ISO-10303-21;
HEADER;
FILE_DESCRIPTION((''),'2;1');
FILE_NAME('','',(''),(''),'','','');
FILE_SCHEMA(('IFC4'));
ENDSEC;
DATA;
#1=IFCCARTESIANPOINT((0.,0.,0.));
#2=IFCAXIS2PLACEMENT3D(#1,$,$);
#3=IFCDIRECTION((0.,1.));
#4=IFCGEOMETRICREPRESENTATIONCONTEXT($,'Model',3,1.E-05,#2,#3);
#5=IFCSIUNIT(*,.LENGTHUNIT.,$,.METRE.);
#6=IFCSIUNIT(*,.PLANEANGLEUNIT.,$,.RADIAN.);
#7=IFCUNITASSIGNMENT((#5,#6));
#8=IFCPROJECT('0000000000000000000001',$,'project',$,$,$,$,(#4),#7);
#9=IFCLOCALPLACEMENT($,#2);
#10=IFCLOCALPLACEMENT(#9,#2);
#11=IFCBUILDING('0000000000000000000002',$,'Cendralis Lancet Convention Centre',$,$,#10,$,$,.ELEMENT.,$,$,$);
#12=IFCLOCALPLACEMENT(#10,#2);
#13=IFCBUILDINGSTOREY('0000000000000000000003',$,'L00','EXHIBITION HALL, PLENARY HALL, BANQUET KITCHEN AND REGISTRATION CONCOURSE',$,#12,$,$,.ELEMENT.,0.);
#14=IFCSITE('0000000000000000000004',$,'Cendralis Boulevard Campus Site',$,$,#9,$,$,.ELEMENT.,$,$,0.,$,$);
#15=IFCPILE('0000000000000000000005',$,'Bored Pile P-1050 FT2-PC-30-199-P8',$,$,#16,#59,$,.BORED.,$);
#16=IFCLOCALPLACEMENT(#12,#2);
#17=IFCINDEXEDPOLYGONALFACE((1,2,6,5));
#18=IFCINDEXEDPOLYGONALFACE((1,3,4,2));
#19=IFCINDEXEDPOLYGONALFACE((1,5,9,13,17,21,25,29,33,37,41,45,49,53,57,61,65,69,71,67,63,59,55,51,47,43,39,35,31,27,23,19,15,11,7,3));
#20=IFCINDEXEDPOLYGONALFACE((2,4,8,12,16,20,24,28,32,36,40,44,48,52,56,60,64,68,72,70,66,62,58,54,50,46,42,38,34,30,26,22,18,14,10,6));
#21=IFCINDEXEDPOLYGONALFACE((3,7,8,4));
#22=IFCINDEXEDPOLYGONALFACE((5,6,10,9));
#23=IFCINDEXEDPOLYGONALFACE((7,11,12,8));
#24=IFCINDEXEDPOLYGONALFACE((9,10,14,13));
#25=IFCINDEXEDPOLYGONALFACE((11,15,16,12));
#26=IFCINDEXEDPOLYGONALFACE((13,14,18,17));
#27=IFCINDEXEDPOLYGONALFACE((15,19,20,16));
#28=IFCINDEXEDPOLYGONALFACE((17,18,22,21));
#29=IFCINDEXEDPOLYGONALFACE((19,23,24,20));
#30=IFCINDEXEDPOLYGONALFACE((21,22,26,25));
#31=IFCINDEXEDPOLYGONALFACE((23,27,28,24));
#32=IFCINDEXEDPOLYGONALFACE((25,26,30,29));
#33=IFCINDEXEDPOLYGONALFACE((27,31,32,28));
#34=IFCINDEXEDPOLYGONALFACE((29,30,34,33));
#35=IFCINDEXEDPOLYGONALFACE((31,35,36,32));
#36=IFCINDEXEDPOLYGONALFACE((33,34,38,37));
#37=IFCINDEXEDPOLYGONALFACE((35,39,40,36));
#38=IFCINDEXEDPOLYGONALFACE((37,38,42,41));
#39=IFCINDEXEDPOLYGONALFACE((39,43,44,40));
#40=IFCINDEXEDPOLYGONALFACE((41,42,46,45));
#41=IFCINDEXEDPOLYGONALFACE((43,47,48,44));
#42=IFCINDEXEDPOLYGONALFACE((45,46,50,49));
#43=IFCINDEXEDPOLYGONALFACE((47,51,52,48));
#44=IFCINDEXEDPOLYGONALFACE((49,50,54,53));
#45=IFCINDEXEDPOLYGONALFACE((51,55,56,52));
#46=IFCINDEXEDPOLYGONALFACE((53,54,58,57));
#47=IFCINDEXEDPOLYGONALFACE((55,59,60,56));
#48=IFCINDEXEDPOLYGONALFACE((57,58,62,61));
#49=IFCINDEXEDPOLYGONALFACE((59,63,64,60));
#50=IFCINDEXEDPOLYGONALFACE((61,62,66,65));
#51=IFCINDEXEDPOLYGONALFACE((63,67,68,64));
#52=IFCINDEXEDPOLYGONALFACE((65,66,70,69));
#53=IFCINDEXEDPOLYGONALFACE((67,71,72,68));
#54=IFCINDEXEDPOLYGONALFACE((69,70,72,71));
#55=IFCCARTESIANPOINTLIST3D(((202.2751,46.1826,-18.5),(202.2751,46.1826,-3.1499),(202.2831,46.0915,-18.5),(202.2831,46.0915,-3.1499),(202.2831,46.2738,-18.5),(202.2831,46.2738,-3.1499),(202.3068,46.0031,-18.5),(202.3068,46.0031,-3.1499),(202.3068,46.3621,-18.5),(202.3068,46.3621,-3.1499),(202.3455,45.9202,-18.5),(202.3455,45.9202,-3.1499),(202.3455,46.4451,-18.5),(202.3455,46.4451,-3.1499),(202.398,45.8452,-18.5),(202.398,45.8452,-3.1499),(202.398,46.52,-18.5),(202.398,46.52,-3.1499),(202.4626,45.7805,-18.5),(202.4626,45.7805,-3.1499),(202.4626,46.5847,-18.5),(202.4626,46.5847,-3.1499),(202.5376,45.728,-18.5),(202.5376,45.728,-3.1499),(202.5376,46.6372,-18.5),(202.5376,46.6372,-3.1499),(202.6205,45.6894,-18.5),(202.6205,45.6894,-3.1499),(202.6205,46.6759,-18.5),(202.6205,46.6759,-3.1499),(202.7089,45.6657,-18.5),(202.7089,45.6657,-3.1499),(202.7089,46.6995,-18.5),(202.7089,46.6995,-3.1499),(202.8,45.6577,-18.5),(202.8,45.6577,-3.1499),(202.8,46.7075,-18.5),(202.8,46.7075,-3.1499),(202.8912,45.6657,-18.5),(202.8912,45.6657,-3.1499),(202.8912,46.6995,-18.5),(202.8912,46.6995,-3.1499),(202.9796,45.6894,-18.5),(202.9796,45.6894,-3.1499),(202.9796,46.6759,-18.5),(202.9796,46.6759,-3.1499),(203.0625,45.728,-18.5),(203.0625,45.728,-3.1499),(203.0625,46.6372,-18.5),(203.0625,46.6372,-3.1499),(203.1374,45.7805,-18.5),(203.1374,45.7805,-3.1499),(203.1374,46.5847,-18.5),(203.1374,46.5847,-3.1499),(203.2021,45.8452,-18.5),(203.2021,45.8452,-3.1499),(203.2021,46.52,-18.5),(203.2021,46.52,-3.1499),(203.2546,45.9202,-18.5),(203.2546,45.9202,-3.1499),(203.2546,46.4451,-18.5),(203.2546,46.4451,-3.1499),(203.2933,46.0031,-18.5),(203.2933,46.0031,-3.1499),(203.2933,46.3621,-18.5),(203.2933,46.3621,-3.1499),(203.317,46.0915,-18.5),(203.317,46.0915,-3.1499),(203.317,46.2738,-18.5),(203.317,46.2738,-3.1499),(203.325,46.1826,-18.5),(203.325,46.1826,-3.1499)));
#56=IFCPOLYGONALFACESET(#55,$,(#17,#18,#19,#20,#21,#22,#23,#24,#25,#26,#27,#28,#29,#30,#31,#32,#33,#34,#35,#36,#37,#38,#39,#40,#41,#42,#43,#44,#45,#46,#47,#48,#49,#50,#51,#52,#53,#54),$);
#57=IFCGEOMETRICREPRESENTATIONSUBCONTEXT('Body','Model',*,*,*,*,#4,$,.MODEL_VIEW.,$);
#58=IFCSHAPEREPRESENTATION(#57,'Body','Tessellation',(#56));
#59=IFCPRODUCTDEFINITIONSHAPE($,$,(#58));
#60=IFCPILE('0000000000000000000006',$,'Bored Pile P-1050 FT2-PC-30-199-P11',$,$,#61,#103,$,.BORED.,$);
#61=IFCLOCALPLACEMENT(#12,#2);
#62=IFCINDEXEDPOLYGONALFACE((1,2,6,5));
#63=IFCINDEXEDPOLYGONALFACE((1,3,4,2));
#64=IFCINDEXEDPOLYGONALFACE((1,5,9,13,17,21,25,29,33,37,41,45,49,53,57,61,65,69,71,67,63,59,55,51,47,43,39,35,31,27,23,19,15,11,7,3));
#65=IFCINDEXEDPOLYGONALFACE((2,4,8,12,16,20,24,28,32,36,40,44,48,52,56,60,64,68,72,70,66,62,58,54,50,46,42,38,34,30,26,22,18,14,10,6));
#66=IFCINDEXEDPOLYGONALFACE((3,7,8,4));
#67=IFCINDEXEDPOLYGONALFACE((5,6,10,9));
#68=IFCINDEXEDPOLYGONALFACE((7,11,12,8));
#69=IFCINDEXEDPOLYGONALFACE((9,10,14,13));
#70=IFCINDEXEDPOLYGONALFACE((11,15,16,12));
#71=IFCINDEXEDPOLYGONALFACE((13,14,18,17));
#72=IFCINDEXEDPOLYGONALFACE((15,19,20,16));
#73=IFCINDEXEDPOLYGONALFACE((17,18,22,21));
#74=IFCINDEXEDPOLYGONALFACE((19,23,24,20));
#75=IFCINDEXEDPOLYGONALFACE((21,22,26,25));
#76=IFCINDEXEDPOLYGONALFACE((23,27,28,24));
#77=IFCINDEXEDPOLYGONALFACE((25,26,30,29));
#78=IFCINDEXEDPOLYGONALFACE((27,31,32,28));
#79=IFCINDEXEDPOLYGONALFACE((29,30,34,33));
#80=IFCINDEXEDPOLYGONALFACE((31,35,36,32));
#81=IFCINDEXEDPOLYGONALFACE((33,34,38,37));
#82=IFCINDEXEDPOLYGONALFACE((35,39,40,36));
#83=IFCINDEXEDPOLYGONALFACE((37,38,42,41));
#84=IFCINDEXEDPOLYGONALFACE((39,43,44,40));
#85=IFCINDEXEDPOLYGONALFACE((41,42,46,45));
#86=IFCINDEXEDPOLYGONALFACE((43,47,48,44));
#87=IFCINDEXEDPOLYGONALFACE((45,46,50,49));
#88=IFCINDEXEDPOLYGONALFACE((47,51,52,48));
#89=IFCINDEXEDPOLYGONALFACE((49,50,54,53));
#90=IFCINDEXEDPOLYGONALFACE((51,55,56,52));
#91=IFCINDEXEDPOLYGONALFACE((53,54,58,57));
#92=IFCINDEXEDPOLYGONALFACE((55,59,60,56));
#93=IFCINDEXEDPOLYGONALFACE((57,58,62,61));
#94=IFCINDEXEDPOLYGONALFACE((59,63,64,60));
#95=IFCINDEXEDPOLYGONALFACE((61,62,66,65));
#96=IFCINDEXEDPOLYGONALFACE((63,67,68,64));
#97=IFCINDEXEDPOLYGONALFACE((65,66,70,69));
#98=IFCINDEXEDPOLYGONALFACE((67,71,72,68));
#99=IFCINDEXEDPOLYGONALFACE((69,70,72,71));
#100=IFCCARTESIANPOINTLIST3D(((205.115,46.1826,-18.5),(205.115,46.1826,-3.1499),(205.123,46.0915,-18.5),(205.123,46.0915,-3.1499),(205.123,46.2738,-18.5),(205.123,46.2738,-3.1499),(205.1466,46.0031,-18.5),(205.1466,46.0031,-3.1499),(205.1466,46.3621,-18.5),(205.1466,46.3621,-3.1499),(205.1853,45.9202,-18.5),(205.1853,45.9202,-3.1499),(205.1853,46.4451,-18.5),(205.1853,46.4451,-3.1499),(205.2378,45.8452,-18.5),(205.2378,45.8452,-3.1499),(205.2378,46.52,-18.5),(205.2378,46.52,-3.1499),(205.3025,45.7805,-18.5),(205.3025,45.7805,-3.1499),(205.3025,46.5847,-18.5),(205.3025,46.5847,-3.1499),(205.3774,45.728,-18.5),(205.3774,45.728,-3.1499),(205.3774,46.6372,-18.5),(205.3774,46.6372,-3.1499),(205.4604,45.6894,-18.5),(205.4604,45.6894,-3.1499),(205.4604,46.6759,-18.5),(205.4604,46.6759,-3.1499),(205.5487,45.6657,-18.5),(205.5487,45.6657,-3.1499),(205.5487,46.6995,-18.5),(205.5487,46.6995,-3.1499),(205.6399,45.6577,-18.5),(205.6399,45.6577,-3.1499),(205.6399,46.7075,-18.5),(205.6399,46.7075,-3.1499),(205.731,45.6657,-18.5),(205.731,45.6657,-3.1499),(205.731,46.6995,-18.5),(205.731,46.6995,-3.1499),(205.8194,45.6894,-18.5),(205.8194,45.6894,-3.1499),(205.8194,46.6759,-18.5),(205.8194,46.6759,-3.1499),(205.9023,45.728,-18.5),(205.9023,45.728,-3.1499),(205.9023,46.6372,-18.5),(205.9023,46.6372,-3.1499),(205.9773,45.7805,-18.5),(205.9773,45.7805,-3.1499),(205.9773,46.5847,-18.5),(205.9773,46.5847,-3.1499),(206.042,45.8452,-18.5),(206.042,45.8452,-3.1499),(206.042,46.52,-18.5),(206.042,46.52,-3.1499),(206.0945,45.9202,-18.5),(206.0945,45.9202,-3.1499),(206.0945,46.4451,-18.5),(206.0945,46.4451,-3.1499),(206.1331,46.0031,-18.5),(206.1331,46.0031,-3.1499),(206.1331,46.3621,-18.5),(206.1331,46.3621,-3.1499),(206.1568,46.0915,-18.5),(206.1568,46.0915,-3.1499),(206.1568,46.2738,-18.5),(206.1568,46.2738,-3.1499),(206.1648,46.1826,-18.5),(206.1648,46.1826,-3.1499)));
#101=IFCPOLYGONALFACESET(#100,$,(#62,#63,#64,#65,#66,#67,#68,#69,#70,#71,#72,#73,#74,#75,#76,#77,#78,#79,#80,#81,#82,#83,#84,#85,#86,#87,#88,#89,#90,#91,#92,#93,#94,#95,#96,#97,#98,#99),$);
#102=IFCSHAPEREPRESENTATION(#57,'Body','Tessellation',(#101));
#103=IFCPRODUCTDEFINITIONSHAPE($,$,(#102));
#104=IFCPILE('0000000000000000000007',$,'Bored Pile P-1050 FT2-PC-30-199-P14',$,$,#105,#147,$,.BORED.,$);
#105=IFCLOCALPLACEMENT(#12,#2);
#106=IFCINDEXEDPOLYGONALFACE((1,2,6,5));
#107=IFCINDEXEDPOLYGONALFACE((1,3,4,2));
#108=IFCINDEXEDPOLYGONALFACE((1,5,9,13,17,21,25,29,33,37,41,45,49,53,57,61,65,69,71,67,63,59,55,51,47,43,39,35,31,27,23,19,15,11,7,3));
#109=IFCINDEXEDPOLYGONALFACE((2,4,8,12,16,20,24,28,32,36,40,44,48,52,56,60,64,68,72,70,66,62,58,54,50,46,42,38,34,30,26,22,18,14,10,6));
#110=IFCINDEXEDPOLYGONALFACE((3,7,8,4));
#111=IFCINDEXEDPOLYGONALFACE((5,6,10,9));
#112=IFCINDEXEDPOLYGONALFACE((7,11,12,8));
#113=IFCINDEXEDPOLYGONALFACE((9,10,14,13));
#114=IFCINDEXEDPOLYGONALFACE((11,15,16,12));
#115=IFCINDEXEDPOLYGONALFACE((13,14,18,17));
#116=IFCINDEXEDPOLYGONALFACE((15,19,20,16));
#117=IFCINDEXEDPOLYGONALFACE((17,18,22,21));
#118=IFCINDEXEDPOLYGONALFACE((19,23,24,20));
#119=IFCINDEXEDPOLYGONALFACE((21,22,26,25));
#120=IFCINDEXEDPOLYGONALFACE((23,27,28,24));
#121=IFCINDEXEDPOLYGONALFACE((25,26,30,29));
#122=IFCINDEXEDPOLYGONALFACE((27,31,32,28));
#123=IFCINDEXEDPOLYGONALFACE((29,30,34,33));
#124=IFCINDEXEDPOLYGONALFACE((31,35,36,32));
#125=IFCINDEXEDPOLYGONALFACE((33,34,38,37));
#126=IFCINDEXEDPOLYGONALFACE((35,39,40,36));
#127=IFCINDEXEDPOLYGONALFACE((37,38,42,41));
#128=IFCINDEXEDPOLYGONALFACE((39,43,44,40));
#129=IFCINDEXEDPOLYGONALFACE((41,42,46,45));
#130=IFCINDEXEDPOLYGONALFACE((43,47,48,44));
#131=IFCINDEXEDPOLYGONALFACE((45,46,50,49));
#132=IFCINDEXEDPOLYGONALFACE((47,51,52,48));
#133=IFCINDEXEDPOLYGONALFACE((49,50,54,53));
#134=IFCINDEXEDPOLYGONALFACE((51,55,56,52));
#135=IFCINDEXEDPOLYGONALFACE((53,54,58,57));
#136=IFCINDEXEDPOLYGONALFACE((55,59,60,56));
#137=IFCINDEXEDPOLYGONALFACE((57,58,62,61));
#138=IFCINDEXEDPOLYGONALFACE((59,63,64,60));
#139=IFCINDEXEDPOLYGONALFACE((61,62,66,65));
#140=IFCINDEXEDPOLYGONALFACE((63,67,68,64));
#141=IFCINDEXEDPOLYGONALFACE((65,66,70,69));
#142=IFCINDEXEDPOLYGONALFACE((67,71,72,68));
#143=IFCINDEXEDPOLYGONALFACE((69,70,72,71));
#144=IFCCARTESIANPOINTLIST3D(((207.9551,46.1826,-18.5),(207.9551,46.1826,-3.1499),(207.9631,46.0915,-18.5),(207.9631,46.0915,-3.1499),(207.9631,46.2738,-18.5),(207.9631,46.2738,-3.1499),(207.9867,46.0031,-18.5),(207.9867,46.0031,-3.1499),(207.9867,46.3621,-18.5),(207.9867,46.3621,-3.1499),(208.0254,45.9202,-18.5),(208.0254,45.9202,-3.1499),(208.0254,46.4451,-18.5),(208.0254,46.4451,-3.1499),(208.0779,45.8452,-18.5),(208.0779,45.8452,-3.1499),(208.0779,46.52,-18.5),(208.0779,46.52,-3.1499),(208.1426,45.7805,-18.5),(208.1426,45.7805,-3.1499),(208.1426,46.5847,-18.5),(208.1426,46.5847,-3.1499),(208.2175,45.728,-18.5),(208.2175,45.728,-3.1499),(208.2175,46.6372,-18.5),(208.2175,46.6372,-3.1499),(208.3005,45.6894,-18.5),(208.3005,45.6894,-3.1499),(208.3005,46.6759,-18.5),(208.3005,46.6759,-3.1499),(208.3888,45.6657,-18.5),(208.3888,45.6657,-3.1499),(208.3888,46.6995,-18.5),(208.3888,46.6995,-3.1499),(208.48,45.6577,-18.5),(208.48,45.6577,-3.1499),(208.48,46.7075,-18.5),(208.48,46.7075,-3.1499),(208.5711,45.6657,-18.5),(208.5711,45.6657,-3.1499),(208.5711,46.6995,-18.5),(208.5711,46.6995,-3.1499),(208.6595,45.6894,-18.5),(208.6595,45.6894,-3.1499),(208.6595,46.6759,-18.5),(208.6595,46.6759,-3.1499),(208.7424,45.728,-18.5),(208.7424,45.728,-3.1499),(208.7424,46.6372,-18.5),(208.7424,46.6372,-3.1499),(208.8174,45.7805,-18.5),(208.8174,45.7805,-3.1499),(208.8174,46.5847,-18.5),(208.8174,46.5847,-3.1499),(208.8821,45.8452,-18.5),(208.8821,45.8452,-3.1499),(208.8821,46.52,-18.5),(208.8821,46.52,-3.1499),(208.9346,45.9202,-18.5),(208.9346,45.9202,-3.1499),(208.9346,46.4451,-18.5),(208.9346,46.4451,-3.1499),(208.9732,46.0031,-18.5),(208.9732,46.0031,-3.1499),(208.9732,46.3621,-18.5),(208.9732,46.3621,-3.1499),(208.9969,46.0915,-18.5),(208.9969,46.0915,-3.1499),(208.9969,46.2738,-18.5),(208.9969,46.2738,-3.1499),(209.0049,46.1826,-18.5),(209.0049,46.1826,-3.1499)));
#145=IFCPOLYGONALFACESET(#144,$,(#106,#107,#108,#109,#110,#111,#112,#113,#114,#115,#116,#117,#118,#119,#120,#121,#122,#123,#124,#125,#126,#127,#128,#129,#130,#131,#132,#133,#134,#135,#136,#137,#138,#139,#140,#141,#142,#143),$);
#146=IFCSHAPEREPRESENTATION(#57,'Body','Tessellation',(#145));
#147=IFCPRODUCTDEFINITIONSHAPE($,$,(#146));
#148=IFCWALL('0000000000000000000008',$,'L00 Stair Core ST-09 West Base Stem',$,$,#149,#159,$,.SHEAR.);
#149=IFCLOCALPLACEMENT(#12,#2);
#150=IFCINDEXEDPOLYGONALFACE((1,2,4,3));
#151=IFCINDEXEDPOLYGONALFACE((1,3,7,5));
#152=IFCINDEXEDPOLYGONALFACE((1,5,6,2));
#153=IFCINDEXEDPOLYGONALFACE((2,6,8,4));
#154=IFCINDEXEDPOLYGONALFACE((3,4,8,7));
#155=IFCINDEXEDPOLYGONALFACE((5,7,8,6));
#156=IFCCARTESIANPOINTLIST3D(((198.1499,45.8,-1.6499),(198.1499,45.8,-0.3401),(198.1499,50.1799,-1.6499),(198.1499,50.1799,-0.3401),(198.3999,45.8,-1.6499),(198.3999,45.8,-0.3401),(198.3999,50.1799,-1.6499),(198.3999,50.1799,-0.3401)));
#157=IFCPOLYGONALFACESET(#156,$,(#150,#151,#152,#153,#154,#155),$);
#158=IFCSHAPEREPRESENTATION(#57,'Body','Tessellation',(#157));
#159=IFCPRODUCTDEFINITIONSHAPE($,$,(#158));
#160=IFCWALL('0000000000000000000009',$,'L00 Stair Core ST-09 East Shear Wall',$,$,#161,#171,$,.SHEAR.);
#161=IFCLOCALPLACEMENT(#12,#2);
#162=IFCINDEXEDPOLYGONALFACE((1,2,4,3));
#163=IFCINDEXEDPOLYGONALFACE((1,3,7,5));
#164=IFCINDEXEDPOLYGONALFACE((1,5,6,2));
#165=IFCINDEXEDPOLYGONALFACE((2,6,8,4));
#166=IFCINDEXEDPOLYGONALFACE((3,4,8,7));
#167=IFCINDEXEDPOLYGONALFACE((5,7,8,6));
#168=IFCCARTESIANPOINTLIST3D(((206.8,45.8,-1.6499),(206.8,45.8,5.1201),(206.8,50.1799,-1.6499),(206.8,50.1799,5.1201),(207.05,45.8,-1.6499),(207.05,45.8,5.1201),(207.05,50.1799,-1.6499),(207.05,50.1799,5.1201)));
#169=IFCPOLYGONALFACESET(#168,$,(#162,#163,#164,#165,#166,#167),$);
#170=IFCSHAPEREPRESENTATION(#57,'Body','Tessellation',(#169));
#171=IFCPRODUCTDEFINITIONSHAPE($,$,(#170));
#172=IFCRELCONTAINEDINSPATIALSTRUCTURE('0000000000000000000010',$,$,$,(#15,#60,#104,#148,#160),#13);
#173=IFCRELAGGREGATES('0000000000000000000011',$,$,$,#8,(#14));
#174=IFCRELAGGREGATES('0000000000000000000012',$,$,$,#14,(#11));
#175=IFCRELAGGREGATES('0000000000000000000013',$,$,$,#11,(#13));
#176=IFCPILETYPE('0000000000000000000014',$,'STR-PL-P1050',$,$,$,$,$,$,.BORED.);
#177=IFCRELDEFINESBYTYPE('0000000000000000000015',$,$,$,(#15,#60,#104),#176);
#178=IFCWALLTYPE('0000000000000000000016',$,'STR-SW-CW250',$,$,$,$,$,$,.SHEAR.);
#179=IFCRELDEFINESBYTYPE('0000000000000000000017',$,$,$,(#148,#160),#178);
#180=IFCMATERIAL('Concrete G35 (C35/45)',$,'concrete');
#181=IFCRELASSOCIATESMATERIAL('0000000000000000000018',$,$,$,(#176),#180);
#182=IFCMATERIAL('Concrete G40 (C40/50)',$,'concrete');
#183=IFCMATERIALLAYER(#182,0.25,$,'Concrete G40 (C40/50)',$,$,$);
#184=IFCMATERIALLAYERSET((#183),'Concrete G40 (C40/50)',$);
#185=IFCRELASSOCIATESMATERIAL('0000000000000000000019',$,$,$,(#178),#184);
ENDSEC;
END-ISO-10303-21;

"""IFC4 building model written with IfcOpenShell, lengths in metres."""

from ifc_helpers import new_model, si_unit, direction, frame, frame_2d, origin, origin_2d, place, context, subcontext, project, spatial, rectangle, circle, extrude, material, layer, layer_set, material_profile, profile_set, type_object, element, save


model = new_model("IFC4")

# Units and contexts
model_context = context("Model", 3, precision=1e-05, world=origin(), true_north=direction((0.0, 1.0)))
body_context = subcontext(model_context, "Body", "Model", "MODEL_VIEW")
ifc_project = project(units=[si_unit("LENGTHUNIT", "METRE"), si_unit("PLANEANGLEUNIT", "RADIAN")], contexts=[model_context])

# Site, building, storey
site_placement = place(None, origin())
site = spatial("IfcSite", under=ifc_project, at=site_placement, Name="Cendralis Boulevard Campus Site", CompositionType="ELEMENT", RefElevation=0.0)
building_placement = place(site_placement, origin())
building = spatial("IfcBuilding", under=site, at=building_placement, Name="Cendralis Lancet Convention Centre", CompositionType="ELEMENT")
storey_placement = place(building_placement, origin())
storey = spatial("IfcBuildingStorey", under=building, at=storey_placement, Name="L00", Description="EXHIBITION HALL, PLENARY HALL, BANQUET KITCHEN AND REGISTRATION CONCOURSE", CompositionType="ELEMENT", Elevation=0.0)

# Shared definitions
ifc_material_1 = material(Name="Concrete G35 (C35/45)", Category="concrete")

# Piles
ifc_material_profile = material_profile(ifc_material_1, circle(Radius=0.5249, at=origin_2d()), Name="BORED PILE D1050")
ifc_profile_set = profile_set([ifc_material_profile], Name="Concrete G35 (C35/45)")
pile_type = type_object("IfcPileType", Name="STR-PL-P1050", PredefinedType="BORED", material=ifc_profile_set)
for number, where, z_axis, x_axis, name in (
    (1, (202.8, 46.1826, -3.1499), (0.0, 0.0, -1.0), (1.0, 0.0, 0.0), "Bored Pile P-1050 FT2-PC-30-199-P8"),
    (2, (205.6399, 46.1826, -3.1499), (0.0, 0.0, -1.0), (1.0, 0.0, 0.0), "Bored Pile P-1050 FT2-PC-30-199-P11"),
    (3, (208.48, 46.1826, -3.1499), (0.0, 0.0, -1.0), (1.0, 0.0, 0.0), "Bored Pile P-1050 FT2-PC-30-199-P14"),
):
    element("IfcPile", number, at=place(storey_placement, frame(where, z_axis=z_axis, x_axis=x_axis)), inside=storey, type_object=pile_type, Name=name, PredefinedType="BORED", context=body_context, shape_type="SweptSolid", body=[
        extrude(circle(Radius=0.5249, at=origin_2d()), origin(), (0.0, 0.0, 1.0), 15.3501),
    ])

# Wall
ifc_material_2 = material(Name="Concrete G40 (C40/50)", Category="concrete")
ifc_layer = layer(ifc_material_2, 0.25, Name="Concrete G40 (C40/50)")
ifc_layer_set = layer_set([ifc_layer], Name="Concrete G40 (C40/50)")
wall_type = type_object("IfcWallType", Name="STR-SW-CW250", PredefinedType="SHEAR", material=ifc_layer_set)
wall_1_placement = place(storey_placement, frame((198.2749, 45.8, -1.6499), z_axis=(0.0, 0.0, 1.0), x_axis=(0.0, 1.0, 0.0)))
element("IfcWall", 4, at=wall_1_placement, inside=storey, type_object=wall_type, Name="L00 Stair Core ST-09 West Base Stem", PredefinedType="SHEAR", context=body_context, shape_type="SweptSolid", body=[
    extrude(rectangle(XDim=4.3799, YDim=0.25, at=frame_2d((2.1899, 0.0))), origin(), (0.0, 0.0, 1.0), 1.3098),
])

# Wall
wall_2_placement = place(storey_placement, frame((206.925, 45.8, -1.6499), z_axis=(0.0, 0.0, 1.0), x_axis=(0.0, 1.0, 0.0)))
element("IfcWall", 5, at=wall_2_placement, inside=storey, type_object=wall_type, Name="L00 Stair Core ST-09 East Shear Wall", PredefinedType="SHEAR", context=body_context, shape_type="SweptSolid", body=[
    extrude(rectangle(XDim=4.3799, YDim=0.25, at=frame_2d((2.1899, 0.0))), origin(), (0.0, 0.0, 1.0), 6.77),
])

save(model, "model.ifc")
